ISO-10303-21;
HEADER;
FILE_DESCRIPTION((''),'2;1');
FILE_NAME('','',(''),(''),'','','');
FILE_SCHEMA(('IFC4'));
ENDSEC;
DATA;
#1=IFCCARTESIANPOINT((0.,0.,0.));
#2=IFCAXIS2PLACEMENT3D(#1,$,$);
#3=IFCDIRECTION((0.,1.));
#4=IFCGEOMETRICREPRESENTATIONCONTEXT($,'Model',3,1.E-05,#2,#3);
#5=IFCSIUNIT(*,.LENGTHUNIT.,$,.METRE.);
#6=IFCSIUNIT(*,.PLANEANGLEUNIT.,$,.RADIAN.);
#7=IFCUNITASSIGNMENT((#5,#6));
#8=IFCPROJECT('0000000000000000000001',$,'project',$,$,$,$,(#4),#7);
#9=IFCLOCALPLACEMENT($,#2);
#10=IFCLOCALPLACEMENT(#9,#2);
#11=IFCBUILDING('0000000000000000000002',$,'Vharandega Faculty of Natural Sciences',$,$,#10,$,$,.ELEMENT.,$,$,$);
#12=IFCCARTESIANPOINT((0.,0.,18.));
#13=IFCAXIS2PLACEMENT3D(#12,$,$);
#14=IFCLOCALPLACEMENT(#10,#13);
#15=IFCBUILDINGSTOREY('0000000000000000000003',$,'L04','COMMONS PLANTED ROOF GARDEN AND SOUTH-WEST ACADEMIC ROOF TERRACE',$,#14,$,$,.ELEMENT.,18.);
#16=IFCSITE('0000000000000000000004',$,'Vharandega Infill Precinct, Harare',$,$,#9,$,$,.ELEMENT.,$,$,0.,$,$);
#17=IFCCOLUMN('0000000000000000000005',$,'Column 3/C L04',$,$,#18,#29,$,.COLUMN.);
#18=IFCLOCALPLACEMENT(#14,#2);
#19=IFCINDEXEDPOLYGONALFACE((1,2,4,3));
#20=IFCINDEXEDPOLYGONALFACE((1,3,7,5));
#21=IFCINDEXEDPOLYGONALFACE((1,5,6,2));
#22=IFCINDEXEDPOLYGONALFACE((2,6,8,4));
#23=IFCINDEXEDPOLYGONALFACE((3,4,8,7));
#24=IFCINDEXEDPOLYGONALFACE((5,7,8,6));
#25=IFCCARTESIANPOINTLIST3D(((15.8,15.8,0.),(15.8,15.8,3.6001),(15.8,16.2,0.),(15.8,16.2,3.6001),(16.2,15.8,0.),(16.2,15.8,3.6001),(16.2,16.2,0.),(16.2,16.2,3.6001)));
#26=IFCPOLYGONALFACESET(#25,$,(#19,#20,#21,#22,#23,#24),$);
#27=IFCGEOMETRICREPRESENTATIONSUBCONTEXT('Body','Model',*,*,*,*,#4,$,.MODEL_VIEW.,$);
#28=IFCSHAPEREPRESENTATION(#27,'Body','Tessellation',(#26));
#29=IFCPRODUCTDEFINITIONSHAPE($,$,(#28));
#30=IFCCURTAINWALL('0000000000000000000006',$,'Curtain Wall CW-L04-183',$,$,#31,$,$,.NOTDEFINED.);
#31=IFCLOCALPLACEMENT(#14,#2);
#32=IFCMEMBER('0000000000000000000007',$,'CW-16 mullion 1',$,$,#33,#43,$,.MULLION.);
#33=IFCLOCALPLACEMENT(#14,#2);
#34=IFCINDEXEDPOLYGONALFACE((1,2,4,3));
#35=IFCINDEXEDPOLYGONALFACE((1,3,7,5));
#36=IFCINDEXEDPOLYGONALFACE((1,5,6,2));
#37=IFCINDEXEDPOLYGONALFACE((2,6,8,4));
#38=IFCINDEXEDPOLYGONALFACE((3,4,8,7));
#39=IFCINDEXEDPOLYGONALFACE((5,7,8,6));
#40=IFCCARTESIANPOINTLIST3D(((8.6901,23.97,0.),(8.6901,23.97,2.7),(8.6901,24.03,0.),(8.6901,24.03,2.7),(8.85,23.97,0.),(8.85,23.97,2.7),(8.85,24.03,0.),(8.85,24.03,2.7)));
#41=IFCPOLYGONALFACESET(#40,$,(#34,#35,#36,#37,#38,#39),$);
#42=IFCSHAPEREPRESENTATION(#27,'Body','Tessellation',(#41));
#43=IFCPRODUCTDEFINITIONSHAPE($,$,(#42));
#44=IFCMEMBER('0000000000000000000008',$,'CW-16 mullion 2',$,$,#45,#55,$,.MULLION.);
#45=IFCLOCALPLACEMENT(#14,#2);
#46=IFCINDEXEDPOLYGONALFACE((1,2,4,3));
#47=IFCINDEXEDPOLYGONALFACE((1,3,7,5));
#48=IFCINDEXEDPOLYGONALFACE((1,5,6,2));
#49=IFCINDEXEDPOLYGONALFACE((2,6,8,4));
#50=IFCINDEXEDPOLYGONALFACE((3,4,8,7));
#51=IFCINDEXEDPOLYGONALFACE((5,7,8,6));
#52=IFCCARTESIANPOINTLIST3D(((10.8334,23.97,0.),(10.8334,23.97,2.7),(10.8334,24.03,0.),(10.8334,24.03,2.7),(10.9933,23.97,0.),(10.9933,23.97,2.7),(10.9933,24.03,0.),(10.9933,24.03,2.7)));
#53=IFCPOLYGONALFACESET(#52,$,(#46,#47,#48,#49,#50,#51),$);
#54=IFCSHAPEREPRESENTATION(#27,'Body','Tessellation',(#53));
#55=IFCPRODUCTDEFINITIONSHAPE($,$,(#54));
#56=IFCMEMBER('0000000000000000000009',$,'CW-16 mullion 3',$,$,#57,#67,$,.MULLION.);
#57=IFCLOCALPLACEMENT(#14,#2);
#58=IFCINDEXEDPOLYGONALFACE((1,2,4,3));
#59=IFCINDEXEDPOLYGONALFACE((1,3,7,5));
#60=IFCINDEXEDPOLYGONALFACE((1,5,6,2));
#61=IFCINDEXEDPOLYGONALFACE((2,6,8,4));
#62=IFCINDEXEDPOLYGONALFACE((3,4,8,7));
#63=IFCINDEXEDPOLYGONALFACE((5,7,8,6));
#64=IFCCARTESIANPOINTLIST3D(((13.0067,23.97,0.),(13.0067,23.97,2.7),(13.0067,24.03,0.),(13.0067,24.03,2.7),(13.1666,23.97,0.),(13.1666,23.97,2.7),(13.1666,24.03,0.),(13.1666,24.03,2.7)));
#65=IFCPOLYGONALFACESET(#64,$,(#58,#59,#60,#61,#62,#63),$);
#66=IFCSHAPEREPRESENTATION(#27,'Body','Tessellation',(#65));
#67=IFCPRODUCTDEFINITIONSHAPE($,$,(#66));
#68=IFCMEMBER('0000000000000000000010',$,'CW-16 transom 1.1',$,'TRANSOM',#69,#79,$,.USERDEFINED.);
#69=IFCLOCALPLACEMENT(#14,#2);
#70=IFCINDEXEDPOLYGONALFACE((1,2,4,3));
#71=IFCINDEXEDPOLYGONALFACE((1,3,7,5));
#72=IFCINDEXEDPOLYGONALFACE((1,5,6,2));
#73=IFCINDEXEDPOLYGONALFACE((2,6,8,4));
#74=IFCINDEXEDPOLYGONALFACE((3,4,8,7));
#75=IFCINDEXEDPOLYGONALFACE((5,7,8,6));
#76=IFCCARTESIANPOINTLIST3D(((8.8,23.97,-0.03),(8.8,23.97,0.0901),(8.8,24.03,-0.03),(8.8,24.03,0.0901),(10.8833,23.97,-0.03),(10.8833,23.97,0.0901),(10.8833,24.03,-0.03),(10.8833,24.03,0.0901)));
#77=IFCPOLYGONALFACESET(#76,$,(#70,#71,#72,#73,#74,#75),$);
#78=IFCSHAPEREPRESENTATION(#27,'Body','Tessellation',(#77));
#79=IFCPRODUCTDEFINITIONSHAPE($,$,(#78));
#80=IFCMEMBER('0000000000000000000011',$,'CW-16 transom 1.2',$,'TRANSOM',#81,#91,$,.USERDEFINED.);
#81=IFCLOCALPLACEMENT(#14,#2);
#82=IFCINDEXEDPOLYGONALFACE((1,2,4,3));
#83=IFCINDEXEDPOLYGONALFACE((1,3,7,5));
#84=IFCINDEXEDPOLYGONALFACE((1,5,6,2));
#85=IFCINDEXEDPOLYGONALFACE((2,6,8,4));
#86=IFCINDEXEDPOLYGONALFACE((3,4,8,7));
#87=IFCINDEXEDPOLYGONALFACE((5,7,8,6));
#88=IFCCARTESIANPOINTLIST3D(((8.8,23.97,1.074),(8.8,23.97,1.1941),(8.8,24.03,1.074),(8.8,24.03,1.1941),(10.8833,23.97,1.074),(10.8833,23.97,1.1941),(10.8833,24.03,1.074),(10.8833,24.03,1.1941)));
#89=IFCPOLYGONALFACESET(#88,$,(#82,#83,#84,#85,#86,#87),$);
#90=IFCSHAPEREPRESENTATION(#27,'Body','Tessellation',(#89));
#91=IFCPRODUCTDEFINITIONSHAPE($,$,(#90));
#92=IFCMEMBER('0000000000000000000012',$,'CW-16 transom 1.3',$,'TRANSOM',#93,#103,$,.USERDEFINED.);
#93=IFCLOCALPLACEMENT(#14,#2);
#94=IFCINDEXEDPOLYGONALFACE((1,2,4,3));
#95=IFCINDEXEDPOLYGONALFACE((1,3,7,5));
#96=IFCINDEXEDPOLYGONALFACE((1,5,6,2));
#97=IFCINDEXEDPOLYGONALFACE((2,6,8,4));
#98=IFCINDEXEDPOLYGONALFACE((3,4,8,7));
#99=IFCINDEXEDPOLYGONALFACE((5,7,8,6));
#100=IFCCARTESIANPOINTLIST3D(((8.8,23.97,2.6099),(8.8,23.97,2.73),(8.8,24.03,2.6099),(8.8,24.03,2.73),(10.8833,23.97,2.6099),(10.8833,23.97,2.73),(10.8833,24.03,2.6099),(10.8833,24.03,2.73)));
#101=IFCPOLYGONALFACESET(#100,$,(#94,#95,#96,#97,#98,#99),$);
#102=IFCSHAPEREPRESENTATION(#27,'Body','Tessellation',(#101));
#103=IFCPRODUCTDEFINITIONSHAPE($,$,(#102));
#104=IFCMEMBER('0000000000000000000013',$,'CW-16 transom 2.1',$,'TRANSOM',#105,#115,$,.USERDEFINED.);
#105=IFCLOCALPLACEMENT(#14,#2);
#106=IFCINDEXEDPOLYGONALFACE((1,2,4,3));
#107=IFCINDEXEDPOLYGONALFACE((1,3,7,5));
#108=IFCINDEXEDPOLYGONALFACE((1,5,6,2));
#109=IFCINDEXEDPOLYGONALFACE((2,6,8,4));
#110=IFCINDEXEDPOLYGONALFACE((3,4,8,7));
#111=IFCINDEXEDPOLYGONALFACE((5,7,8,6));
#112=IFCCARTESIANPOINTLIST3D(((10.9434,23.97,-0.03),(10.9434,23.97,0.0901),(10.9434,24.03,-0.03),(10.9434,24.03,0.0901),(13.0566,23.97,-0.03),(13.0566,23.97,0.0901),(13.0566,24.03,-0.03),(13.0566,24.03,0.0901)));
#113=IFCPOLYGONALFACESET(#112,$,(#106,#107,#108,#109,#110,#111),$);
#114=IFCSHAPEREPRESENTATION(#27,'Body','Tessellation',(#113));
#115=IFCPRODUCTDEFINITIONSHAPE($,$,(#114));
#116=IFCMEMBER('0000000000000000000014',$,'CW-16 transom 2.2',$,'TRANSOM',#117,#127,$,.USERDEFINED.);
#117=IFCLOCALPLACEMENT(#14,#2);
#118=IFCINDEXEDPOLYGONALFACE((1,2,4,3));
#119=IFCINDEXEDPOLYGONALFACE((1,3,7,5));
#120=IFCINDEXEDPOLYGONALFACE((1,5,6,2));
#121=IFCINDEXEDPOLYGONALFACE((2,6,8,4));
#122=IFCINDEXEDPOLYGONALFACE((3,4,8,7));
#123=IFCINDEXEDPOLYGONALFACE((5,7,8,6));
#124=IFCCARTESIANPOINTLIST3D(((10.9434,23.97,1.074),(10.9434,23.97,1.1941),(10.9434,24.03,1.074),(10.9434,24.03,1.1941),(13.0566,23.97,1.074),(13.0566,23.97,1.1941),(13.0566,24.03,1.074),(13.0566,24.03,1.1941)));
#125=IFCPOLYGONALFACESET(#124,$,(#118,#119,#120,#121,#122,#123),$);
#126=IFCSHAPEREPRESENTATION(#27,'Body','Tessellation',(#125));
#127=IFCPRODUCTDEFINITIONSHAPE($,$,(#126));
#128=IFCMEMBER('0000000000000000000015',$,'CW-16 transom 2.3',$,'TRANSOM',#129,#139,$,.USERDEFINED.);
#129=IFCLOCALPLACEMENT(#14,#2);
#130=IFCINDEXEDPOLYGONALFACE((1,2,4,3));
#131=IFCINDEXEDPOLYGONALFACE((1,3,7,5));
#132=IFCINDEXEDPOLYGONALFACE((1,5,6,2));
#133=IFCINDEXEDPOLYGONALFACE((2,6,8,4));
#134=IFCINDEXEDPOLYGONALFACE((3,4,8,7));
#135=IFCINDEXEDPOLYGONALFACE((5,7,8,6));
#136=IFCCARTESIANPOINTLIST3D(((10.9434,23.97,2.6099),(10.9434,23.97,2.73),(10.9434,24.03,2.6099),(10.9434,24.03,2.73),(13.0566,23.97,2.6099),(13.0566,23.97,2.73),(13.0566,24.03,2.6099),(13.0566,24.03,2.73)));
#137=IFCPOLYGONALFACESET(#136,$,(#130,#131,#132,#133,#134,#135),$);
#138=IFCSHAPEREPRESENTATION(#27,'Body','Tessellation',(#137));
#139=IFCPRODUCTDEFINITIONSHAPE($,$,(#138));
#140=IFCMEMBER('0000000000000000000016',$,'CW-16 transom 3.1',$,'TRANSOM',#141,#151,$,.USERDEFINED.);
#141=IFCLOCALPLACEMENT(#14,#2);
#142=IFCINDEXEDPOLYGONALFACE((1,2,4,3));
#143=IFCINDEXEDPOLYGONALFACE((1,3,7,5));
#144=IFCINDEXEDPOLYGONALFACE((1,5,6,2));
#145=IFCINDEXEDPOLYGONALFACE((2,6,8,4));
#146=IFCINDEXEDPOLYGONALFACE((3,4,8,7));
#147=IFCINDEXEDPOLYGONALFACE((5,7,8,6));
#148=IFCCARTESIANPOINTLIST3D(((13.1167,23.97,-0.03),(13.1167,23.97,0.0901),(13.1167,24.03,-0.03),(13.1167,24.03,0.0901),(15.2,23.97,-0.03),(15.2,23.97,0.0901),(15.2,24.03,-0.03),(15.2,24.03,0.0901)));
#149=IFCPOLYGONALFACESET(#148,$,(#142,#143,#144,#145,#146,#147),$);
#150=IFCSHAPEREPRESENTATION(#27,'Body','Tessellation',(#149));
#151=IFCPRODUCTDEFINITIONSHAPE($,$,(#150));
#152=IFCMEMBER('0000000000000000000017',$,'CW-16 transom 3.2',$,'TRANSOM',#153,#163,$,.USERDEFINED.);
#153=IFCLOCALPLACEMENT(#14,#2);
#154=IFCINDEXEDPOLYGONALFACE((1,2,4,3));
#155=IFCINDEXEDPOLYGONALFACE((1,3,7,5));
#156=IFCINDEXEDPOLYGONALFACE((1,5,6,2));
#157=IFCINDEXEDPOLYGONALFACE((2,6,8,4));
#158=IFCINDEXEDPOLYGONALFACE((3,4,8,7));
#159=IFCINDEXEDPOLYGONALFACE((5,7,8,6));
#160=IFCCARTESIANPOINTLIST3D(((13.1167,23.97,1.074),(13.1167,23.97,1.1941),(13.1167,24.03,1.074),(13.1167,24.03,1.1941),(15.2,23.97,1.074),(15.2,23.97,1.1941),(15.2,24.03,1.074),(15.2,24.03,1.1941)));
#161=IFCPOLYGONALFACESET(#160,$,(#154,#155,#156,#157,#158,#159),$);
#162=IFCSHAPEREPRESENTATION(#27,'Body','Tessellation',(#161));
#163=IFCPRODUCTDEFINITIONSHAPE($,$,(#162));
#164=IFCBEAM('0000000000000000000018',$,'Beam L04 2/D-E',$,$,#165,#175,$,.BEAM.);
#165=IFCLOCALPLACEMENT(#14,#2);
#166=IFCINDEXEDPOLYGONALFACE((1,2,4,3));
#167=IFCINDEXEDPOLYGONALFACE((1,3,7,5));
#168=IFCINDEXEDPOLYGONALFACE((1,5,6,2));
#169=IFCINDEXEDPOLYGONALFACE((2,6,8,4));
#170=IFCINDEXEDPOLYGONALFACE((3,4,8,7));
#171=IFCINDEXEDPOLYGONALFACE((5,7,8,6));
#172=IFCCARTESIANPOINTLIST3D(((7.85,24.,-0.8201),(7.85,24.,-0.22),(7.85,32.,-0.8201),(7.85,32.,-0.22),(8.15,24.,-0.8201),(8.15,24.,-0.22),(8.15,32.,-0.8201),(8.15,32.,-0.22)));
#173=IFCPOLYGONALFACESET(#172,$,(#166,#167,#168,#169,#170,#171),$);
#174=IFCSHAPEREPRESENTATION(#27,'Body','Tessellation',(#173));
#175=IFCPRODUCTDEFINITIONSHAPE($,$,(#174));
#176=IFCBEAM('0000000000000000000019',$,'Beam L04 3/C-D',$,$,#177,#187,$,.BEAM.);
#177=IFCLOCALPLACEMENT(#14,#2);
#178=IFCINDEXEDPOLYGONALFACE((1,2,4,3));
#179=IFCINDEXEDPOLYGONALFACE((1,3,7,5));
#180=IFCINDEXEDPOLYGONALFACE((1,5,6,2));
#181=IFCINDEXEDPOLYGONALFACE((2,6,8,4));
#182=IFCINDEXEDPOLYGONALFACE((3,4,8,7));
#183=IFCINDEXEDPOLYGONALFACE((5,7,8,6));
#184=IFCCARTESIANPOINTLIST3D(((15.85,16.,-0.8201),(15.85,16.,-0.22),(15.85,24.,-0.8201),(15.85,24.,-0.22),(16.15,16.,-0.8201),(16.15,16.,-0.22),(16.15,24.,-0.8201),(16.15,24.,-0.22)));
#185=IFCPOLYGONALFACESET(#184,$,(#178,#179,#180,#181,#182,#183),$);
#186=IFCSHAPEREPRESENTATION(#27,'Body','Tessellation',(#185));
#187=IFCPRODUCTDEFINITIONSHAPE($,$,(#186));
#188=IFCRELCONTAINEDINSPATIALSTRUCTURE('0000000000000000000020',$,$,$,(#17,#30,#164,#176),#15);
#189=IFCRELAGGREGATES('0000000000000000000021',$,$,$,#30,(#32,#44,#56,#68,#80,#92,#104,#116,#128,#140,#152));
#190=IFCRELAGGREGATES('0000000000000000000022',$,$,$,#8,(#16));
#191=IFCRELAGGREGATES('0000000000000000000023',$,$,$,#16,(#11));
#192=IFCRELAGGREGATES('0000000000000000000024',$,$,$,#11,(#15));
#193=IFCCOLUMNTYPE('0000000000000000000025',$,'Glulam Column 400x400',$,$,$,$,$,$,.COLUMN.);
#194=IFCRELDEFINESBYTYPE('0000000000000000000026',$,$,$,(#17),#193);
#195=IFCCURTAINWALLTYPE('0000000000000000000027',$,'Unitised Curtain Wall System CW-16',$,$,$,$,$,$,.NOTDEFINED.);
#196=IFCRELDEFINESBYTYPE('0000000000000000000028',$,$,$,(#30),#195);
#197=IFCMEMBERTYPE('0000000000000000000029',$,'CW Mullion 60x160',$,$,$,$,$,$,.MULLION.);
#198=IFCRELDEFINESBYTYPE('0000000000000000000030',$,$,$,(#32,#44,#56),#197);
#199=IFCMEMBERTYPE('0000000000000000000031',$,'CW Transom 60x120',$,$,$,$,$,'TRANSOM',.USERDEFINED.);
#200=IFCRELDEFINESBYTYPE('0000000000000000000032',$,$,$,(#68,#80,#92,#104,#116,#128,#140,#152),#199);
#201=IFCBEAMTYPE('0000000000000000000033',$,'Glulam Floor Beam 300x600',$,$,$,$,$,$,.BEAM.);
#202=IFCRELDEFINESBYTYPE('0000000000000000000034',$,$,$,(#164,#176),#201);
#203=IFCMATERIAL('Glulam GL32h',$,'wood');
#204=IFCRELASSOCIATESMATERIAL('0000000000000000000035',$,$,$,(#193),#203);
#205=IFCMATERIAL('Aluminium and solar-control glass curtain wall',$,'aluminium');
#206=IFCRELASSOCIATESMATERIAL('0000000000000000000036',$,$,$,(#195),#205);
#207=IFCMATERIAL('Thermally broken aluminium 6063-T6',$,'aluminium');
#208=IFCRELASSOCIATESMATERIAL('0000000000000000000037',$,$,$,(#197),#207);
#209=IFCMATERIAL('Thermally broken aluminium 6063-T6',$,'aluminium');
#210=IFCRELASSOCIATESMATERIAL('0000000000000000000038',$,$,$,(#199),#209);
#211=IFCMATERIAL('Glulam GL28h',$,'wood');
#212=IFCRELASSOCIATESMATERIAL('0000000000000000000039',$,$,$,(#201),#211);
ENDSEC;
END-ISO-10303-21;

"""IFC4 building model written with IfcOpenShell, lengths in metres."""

from ifc_helpers import new_model, si_unit, direction, frame, origin, origin_2d, place, context, subcontext, project, spatial, rectangle, extrude, material, material_profile, profile_set, type_object, element, aggregate, save


model = new_model("IFC4")

# Units and contexts
model_context = context("Model", 3, precision=1e-05, world=origin(), true_north=direction((0.0, 1.0)))
body_context = subcontext(model_context, "Body", "Model", "MODEL_VIEW")
ifc_project = project(units=[si_unit("LENGTHUNIT", "METRE"), si_unit("PLANEANGLEUNIT", "RADIAN")], contexts=[model_context])

# Site, building, storey
site_placement = place(None, origin())
site = spatial("IfcSite", under=ifc_project, at=site_placement, Name="Vharandega Infill Precinct, Harare", CompositionType="ELEMENT", RefElevation=0.0)
building_placement = place(site_placement, origin())
building = spatial("IfcBuilding", under=site, at=building_placement, Name="Vharandega Faculty of Natural Sciences", CompositionType="ELEMENT")
storey_placement = place(building_placement, frame((0.0, 0.0, 18.0)))
storey = spatial("IfcBuildingStorey", under=building, at=storey_placement, Name="L04", Description="COMMONS PLANTED ROOF GARDEN AND SOUTH-WEST ACADEMIC ROOF TERRACE", CompositionType="ELEMENT", Elevation=18.0)

# Column
ifc_material_1 = material(Name="Glulam GL32h", Category="wood")
ifc_material_profile_1 = material_profile(ifc_material_1, rectangle(XDim=0.3999, YDim=0.3999, at=origin_2d()), Name="GL32h 400x400")
ifc_profile_set_1 = profile_set([ifc_material_profile_1], Name="Glulam GL32h")
column_type = type_object("IfcColumnType", Name="Glulam Column 400x400", PredefinedType="COLUMN", material=ifc_profile_set_1)
column_placement = place(storey_placement, frame((16.0, 16.0, 0.0), z_axis=(0.0, 0.0, 1.0), x_axis=(1.0, 0.0, 0.0)))
element("IfcColumn", 1, at=column_placement, inside=storey, type_object=column_type, Name="Column 3/C L04", PredefinedType="COLUMN", context=body_context, shape_type="SweptSolid", body=[
    extrude(rectangle(XDim=0.3999, YDim=0.3999, at=origin_2d()), origin(), (0.0, 0.0, 1.0), 3.6001),
])

# Curtain wall, members
ifc_material_2 = material(Name="Aluminium and solar-control glass curtain wall", Category="aluminium")
curtain_wall_type = type_object("IfcCurtainWallType", Name="Unitised Curtain Wall System CW-16", PredefinedType="NOTDEFINED", material=ifc_material_2)
curtain_wall_placement = place(storey_placement, origin())
curtain_wall = element("IfcCurtainWall", 2, at=curtain_wall_placement, inside=storey, type_object=curtain_wall_type, Name="Curtain Wall CW-L04-183", PredefinedType="NOTDEFINED")
ifc_material_3 = material(Name="Thermally broken aluminium 6063-T6", Category="aluminium")
ifc_material_profile_2 = material_profile(ifc_material_3, rectangle(XDim=0.0601, YDim=0.1599, at=origin_2d()), Name="ALU 60x160")
ifc_profile_set_2 = profile_set([ifc_material_profile_2], Name="Thermally broken aluminium 6063-T6")
member_type_1 = type_object("IfcMemberType", Name="CW Mullion 60x160", PredefinedType="MULLION", material=ifc_profile_set_2)
member_1_placement = place(storey_placement, frame((8.77, 24.0, 0.0), z_axis=(0.0, 0.0, 1.0), x_axis=(0.0, 1.0, 0.0)))
member_1 = element("IfcMember", 3, at=member_1_placement, type_object=member_type_1, Name="CW-16 mullion 1", PredefinedType="MULLION", context=body_context, shape_type="SweptSolid", body=[
    extrude(rectangle(XDim=0.0601, YDim=0.1599, at=origin_2d()), origin(), (0.0, 0.0, 1.0), 2.7),
])
member_2_placement = place(storey_placement, frame((10.9133, 24.0, 0.0), z_axis=(0.0, 0.0, 1.0), x_axis=(0.0, 1.0, 0.0)))
member_2 = element("IfcMember", 4, at=member_2_placement, type_object=member_type_1, Name="CW-16 mullion 2", PredefinedType="MULLION", context=body_context, shape_type="SweptSolid", body=[
    extrude(rectangle(XDim=0.0601, YDim=0.1599, at=origin_2d()), origin(), (0.0, 0.0, 1.0), 2.7),
])
member_3_placement = place(storey_placement, frame((13.0867, 24.0, 0.0), z_axis=(0.0, 0.0, 1.0), x_axis=(0.0, 1.0, 0.0)))
member_3 = element("IfcMember", 5, at=member_3_placement, type_object=member_type_1, Name="CW-16 mullion 3", PredefinedType="MULLION", context=body_context, shape_type="SweptSolid", body=[
    extrude(rectangle(XDim=0.0601, YDim=0.1599, at=origin_2d()), origin(), (0.0, 0.0, 1.0), 2.7),
])
ifc_material_4 = material(Name="Thermally broken aluminium 6063-T6", Category="aluminium")
ifc_material_profile_3 = material_profile(ifc_material_4, rectangle(XDim=0.0601, YDim=0.1201, at=origin_2d()), Name="ALU 60x120")
ifc_profile_set_3 = profile_set([ifc_material_profile_3], Name="Thermally broken aluminium 6063-T6")
member_type_2 = type_object("IfcMemberType", Name="CW Transom 60x120", ElementType="TRANSOM", PredefinedType="USERDEFINED", material=ifc_profile_set_3)
member_4_placement = place(storey_placement, frame((8.8, 24.0, 0.03), z_axis=(1.0, 0.0, 0.0), x_axis=(0.0, 1.0, 0.0)))
member_4 = element("IfcMember", 6, at=member_4_placement, type_object=member_type_2, Name="CW-16 transom 1.1", ObjectType="TRANSOM", PredefinedType="USERDEFINED", context=body_context, shape_type="SweptSolid", body=[
    extrude(rectangle(XDim=0.0601, YDim=0.1201, at=origin_2d()), origin(), (0.0, 0.0, 1.0), 2.0833),
])
member_5_placement = place(storey_placement, frame((8.8, 24.0, 1.134), z_axis=(1.0, 0.0, 0.0), x_axis=(0.0, 1.0, 0.0)))
member_5 = element("IfcMember", 7, at=member_5_placement, type_object=member_type_2, Name="CW-16 transom 1.2", ObjectType="TRANSOM", PredefinedType="USERDEFINED", context=body_context, shape_type="SweptSolid", body=[
    extrude(rectangle(XDim=0.0601, YDim=0.1201, at=origin_2d()), origin(), (0.0, 0.0, 1.0), 2.0833),
])
member_6_placement = place(storey_placement, frame((8.8, 24.0, 2.6699), z_axis=(1.0, 0.0, 0.0), x_axis=(0.0, 1.0, 0.0)))
member_6 = element("IfcMember", 8, at=member_6_placement, type_object=member_type_2, Name="CW-16 transom 1.3", ObjectType="TRANSOM", PredefinedType="USERDEFINED", context=body_context, shape_type="SweptSolid", body=[
    extrude(rectangle(XDim=0.0601, YDim=0.1201, at=origin_2d()), origin(), (0.0, 0.0, 1.0), 2.0833),
])
member_7_placement = place(storey_placement, frame((10.9434, 24.0, 0.03), z_axis=(1.0, 0.0, 0.0), x_axis=(0.0, 1.0, 0.0)))
member_7 = element("IfcMember", 9, at=member_7_placement, type_object=member_type_2, Name="CW-16 transom 2.1", ObjectType="TRANSOM", PredefinedType="USERDEFINED", context=body_context, shape_type="SweptSolid", body=[
    extrude(rectangle(XDim=0.0601, YDim=0.1201, at=origin_2d()), origin(), (0.0, 0.0, 1.0), 2.1133),
])
member_8_placement = place(storey_placement, frame((10.9434, 24.0, 1.134), z_axis=(1.0, 0.0, 0.0), x_axis=(0.0, 1.0, 0.0)))
member_8 = element("IfcMember", 10, at=member_8_placement, type_object=member_type_2, Name="CW-16 transom 2.2", ObjectType="TRANSOM", PredefinedType="USERDEFINED", context=body_context, shape_type="SweptSolid", body=[
    extrude(rectangle(XDim=0.0601, YDim=0.1201, at=origin_2d()), origin(), (0.0, 0.0, 1.0), 2.1133),
])
member_9_placement = place(storey_placement, frame((10.9434, 24.0, 2.6699), z_axis=(1.0, 0.0, 0.0), x_axis=(0.0, 1.0, 0.0)))
member_9 = element("IfcMember", 11, at=member_9_placement, type_object=member_type_2, Name="CW-16 transom 2.3", ObjectType="TRANSOM", PredefinedType="USERDEFINED", context=body_context, shape_type="SweptSolid", body=[
    extrude(rectangle(XDim=0.0601, YDim=0.1201, at=origin_2d()), origin(), (0.0, 0.0, 1.0), 2.1133),
])
member_10_placement = place(storey_placement, frame((13.1167, 24.0, 0.03), z_axis=(1.0, 0.0, 0.0), x_axis=(0.0, 1.0, 0.0)))
member_10 = element("IfcMember", 12, at=member_10_placement, type_object=member_type_2, Name="CW-16 transom 3.1", ObjectType="TRANSOM", PredefinedType="USERDEFINED", context=body_context, shape_type="SweptSolid", body=[
    extrude(rectangle(XDim=0.0601, YDim=0.1201, at=origin_2d()), origin(), (0.0, 0.0, 1.0), 2.0833),
])
member_11_placement = place(storey_placement, frame((13.1167, 24.0, 1.134), z_axis=(1.0, 0.0, 0.0), x_axis=(0.0, 1.0, 0.0)))
member_11 = element("IfcMember", 13, at=member_11_placement, type_object=member_type_2, Name="CW-16 transom 3.2", ObjectType="TRANSOM", PredefinedType="USERDEFINED", context=body_context, shape_type="SweptSolid", body=[
    extrude(rectangle(XDim=0.0601, YDim=0.1201, at=origin_2d()), origin(), (0.0, 0.0, 1.0), 2.0833),
])

# Beams
ifc_material_5 = material(Name="Glulam GL28h", Category="wood")
ifc_material_profile_4 = material_profile(ifc_material_5, rectangle(XDim=0.3, YDim=0.6001, at=origin_2d()), Name="GL28h 300x600")
ifc_profile_set_4 = profile_set([ifc_material_profile_4], Name="Glulam GL28h")
beam_type_1 = type_object("IfcBeamType", Name="Glulam Floor Beam 300x600", PredefinedType="BEAM", material=ifc_profile_set_4)
for number, where, z_axis, x_axis, name in (
    (14, (8.0, 24.0, -0.52), (0.0, 1.0, 0.0), (-1.0, 0.0, 0.0), "Beam L04 2/D-E"),
    (15, (16.0, 16.0, -0.52), (0.0, 1.0, 0.0), (-1.0, 0.0, 0.0), "Beam L04 3/C-D"),
):
    element("IfcBeam", number, at=place(storey_placement, frame(where, z_axis=z_axis, x_axis=x_axis)), inside=storey, type_object=beam_type_1, Name=name, PredefinedType="BEAM", context=body_context, shape_type="SweptSolid", body=[
        extrude(rectangle(XDim=0.3, YDim=0.6001, at=origin_2d()), origin(), (0.0, 0.0, 1.0), 8.0),
    ])

aggregate(curtain_wall, [member_1, member_2, member_3, member_4, member_5, member_6, member_7, member_8, member_9, member_10, member_11])

save(model, "model.ifc")
